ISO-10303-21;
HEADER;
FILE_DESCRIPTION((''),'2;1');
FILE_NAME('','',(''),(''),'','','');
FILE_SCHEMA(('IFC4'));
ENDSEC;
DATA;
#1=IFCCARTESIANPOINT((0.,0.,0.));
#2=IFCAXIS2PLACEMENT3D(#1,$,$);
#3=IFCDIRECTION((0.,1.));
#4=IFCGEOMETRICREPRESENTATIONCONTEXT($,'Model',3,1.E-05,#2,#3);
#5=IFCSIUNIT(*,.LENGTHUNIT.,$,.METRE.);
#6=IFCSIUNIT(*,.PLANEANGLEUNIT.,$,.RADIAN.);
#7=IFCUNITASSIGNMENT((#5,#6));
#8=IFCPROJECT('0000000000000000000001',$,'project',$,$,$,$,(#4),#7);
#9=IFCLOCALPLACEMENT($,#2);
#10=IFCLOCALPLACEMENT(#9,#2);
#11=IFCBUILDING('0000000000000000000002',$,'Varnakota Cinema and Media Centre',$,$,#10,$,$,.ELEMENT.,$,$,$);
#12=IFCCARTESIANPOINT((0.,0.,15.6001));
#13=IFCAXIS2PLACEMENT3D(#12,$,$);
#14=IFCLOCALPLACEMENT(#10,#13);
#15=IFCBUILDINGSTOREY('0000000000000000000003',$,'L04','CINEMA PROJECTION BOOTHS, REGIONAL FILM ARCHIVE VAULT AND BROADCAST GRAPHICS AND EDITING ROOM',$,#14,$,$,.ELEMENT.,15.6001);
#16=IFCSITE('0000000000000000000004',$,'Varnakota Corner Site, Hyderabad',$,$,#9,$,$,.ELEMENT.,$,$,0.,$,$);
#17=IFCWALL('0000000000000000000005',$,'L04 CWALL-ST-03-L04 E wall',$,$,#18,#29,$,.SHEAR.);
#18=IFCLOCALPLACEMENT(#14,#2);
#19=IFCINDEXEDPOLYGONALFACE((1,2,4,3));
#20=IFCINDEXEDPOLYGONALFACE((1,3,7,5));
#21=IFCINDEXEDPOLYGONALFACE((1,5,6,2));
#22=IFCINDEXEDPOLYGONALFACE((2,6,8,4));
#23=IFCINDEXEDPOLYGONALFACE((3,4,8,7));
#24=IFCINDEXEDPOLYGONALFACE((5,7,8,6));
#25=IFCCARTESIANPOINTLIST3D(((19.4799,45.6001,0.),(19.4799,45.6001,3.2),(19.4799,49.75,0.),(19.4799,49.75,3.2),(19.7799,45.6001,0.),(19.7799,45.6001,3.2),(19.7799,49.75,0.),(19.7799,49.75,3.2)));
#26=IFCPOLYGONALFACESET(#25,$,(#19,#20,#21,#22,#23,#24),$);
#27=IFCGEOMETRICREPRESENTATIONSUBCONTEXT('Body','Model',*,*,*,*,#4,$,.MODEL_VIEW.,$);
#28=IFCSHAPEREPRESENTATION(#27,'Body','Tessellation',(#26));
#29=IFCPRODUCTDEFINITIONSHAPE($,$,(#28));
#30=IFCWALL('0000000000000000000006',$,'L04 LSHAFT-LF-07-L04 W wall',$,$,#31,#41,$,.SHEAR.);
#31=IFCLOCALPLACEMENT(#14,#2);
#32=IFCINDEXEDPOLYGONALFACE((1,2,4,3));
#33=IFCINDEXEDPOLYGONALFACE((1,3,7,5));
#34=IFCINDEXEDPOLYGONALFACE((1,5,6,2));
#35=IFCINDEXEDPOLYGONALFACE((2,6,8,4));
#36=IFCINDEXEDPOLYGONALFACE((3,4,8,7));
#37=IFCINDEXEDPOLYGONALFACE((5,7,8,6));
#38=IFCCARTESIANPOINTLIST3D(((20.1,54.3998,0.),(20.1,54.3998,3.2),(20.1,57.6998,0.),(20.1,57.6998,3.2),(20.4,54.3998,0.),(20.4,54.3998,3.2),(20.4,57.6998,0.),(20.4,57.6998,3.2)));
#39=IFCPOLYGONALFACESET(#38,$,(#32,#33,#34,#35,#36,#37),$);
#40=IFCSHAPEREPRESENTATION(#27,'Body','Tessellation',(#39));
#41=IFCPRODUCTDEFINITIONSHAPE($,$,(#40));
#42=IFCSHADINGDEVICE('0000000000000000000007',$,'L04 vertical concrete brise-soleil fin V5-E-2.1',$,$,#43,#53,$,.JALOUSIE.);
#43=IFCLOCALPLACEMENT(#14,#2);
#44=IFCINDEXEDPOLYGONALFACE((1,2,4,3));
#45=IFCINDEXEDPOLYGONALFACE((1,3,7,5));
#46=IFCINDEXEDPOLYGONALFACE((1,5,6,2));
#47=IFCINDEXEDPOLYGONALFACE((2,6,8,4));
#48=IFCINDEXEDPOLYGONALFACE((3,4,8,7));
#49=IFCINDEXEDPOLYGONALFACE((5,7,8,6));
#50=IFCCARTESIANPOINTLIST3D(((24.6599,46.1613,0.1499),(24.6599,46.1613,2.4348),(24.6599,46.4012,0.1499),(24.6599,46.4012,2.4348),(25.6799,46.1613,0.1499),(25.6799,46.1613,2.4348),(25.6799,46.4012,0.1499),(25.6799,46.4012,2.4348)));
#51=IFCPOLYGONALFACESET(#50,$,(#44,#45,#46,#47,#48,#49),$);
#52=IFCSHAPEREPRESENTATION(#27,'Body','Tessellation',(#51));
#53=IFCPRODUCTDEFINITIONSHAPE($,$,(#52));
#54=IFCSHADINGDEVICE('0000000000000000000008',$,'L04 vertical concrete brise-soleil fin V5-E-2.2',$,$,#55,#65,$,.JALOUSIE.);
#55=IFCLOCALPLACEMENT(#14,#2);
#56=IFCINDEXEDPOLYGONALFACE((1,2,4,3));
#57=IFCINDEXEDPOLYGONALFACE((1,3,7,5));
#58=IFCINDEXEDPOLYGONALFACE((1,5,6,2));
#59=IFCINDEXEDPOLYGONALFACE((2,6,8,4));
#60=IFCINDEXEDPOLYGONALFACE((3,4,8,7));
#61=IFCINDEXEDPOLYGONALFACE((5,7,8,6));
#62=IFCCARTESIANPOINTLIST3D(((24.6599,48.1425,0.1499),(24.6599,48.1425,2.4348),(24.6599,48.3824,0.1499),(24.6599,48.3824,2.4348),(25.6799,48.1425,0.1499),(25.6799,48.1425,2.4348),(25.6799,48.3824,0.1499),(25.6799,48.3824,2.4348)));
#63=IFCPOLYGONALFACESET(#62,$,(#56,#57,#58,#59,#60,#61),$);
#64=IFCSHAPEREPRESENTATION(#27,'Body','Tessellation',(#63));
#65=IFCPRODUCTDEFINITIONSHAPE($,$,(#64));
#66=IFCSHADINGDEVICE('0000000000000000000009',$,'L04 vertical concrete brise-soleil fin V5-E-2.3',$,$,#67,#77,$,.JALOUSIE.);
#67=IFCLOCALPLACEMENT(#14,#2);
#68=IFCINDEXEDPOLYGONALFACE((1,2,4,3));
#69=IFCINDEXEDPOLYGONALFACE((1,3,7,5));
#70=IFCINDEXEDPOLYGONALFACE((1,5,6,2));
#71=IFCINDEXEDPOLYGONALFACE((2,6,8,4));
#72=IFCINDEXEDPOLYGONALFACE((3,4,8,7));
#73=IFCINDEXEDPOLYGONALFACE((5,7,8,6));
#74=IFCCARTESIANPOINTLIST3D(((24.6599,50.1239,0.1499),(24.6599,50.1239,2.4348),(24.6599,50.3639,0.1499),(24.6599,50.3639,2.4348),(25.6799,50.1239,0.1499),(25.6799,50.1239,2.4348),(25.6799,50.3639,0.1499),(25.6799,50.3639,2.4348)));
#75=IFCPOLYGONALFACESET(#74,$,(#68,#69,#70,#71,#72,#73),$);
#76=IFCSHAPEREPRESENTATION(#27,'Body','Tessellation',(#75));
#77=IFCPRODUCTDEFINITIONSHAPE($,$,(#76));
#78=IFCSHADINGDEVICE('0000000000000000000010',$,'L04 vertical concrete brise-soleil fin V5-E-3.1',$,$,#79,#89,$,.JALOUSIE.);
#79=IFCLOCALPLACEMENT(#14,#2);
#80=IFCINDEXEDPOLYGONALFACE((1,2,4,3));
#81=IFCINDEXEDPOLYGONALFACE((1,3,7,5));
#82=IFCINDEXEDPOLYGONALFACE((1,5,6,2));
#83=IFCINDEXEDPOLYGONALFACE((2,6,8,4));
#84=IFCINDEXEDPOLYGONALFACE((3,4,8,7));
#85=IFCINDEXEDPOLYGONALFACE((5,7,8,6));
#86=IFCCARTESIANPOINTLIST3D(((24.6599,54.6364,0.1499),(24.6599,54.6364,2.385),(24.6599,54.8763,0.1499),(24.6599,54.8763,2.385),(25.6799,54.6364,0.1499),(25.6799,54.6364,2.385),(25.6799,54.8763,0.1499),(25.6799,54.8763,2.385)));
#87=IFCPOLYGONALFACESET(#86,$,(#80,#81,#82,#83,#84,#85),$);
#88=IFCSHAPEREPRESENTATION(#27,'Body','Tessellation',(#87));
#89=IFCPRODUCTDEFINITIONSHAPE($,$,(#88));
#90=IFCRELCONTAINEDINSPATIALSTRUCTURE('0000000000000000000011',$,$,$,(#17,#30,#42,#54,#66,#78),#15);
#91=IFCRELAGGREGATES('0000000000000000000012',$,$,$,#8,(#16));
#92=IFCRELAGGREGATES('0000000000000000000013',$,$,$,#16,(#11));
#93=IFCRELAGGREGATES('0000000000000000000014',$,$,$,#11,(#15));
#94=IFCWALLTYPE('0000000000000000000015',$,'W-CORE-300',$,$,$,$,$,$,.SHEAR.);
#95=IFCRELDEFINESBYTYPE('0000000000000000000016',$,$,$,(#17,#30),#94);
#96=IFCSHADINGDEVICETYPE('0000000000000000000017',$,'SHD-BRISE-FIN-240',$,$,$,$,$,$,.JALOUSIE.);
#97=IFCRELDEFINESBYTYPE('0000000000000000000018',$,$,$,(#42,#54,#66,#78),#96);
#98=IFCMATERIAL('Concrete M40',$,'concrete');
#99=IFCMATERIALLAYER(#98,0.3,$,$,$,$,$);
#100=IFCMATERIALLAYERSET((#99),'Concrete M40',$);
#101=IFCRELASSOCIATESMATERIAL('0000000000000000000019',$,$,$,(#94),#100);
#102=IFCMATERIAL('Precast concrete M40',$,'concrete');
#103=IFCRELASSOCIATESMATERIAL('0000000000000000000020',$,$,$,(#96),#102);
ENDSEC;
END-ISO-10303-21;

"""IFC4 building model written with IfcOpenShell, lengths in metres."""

from ifc_helpers import new_model, si_unit, direction, frame, frame_2d, origin, origin_2d, place, context, subcontext, project, spatial, rectangle, extrude, material, layer, layer_set, type_object, element, save


model = new_model("IFC4")

# Units and contexts
model_context = context("Model", 3, precision=1e-05, world=origin(), true_north=direction((0.0, 1.0)))
body_context = subcontext(model_context, "Body", "Model", "MODEL_VIEW")
ifc_project = project(units=[si_unit("LENGTHUNIT", "METRE"), si_unit("PLANEANGLEUNIT", "RADIAN")], contexts=[model_context])

# Site, building, storey
site_placement = place(None, origin())
site = spatial("IfcSite", under=ifc_project, at=site_placement, Name="Varnakota Corner Site, Hyderabad", CompositionType="ELEMENT", RefElevation=0.0)
building_placement = place(site_placement, origin())
building = spatial("IfcBuilding", under=site, at=building_placement, Name="Varnakota Cinema and Media Centre", CompositionType="ELEMENT")
storey_placement = place(building_placement, frame((0.0, 0.0, 15.6001)))
storey = spatial("IfcBuildingStorey", under=building, at=storey_placement, Name="L04", Description="CINEMA PROJECTION BOOTHS, REGIONAL FILM ARCHIVE VAULT AND BROADCAST GRAPHICS AND EDITING ROOM", CompositionType="ELEMENT", Elevation=15.6001)

# Wall
ifc_material_1 = material(Name="Concrete M40", Category="concrete")
ifc_layer_1 = layer(ifc_material_1, 0.3)
ifc_layer_set_1 = layer_set([ifc_layer_1], Name="Concrete M40")
wall_type_1 = type_object("IfcWallType", Name="W-CORE-300", PredefinedType="SHEAR", material=ifc_layer_set_1)
wall_1_placement = place(storey_placement, frame((19.6299, 49.75, 0.0), z_axis=(0.0, 0.0, 1.0), x_axis=(0.0, -1.0, 0.0)))
element("IfcWall", 1, at=wall_1_placement, inside=storey, type_object=wall_type_1, Name="L04 CWALL-ST-03-L04 E wall", PredefinedType="SHEAR", context=body_context, shape_type="SweptSolid", body=[
    extrude(rectangle(XDim=4.1499, YDim=0.3, at=frame_2d((2.075, 0.0))), origin(), (0.0, 0.0, 1.0), 3.2),
])

# Wall
wall_2_placement = place(storey_placement, frame((20.25, 54.3999, 0.0), z_axis=(0.0, 0.0, 1.0), x_axis=(0.0, 1.0, 0.0)))
element("IfcWall", 2, at=wall_2_placement, inside=storey, type_object=wall_type_1, Name="L04 LSHAFT-LF-07-L04 W wall", PredefinedType="SHEAR", context=body_context, shape_type="SweptSolid", body=[
    extrude(rectangle(XDim=3.3, YDim=0.3, at=frame_2d((1.6499, 0.0))), origin(), (0.0, 0.0, 1.0), 3.2),
])

# Shading devices
ifc_material_2 = material(Name="Precast concrete M40", Category="concrete")
shading_device_type = type_object("IfcShadingDeviceType", Name="SHD-BRISE-FIN-240", PredefinedType="JALOUSIE", material=ifc_material_2)
for number, where, z_axis, x_axis, name in (
    (3, (25.1699, 46.2812, 0.1499), (0.0, 0.0, 1.0), (0.0, 1.0, 0.0), "L04 vertical concrete brise-soleil fin V5-E-2.1"),
    (4, (25.1699, 48.2625, 0.1499), (0.0, 0.0, 1.0), (0.0, 1.0, 0.0), "L04 vertical concrete brise-soleil fin V5-E-2.2"),
    (5, (25.1699, 50.2439, 0.1499), (0.0, 0.0, 1.0), (0.0, 1.0, 0.0), "L04 vertical concrete brise-soleil fin V5-E-2.3"),
):
    element("IfcShadingDevice", number, at=place(storey_placement, frame(where, z_axis=z_axis, x_axis=x_axis)), inside=storey, type_object=shading_device_type, Name=name, PredefinedType="JALOUSIE", context=body_context, shape_type="SweptSolid", body=[
        extrude(rectangle(XDim=0.24, YDim=1.02, at=origin_2d()), origin(), (0.0, 0.0, 1.0), 2.2849),
    ])
shading_device_placement = place(storey_placement, frame((25.1699, 54.7563, 0.1499), z_axis=(0.0, 0.0, 1.0), x_axis=(0.0, 1.0, 0.0)))
element("IfcShadingDevice", 6, at=shading_device_placement, inside=storey, type_object=shading_device_type, Name="L04 vertical concrete brise-soleil fin V5-E-3.1", PredefinedType="JALOUSIE", context=body_context, shape_type="SweptSolid", body=[
    extrude(rectangle(XDim=0.24, YDim=1.02, at=origin_2d()), origin(), (0.0, 0.0, 1.0), 2.2351),
])

save(model, "model.ifc")
